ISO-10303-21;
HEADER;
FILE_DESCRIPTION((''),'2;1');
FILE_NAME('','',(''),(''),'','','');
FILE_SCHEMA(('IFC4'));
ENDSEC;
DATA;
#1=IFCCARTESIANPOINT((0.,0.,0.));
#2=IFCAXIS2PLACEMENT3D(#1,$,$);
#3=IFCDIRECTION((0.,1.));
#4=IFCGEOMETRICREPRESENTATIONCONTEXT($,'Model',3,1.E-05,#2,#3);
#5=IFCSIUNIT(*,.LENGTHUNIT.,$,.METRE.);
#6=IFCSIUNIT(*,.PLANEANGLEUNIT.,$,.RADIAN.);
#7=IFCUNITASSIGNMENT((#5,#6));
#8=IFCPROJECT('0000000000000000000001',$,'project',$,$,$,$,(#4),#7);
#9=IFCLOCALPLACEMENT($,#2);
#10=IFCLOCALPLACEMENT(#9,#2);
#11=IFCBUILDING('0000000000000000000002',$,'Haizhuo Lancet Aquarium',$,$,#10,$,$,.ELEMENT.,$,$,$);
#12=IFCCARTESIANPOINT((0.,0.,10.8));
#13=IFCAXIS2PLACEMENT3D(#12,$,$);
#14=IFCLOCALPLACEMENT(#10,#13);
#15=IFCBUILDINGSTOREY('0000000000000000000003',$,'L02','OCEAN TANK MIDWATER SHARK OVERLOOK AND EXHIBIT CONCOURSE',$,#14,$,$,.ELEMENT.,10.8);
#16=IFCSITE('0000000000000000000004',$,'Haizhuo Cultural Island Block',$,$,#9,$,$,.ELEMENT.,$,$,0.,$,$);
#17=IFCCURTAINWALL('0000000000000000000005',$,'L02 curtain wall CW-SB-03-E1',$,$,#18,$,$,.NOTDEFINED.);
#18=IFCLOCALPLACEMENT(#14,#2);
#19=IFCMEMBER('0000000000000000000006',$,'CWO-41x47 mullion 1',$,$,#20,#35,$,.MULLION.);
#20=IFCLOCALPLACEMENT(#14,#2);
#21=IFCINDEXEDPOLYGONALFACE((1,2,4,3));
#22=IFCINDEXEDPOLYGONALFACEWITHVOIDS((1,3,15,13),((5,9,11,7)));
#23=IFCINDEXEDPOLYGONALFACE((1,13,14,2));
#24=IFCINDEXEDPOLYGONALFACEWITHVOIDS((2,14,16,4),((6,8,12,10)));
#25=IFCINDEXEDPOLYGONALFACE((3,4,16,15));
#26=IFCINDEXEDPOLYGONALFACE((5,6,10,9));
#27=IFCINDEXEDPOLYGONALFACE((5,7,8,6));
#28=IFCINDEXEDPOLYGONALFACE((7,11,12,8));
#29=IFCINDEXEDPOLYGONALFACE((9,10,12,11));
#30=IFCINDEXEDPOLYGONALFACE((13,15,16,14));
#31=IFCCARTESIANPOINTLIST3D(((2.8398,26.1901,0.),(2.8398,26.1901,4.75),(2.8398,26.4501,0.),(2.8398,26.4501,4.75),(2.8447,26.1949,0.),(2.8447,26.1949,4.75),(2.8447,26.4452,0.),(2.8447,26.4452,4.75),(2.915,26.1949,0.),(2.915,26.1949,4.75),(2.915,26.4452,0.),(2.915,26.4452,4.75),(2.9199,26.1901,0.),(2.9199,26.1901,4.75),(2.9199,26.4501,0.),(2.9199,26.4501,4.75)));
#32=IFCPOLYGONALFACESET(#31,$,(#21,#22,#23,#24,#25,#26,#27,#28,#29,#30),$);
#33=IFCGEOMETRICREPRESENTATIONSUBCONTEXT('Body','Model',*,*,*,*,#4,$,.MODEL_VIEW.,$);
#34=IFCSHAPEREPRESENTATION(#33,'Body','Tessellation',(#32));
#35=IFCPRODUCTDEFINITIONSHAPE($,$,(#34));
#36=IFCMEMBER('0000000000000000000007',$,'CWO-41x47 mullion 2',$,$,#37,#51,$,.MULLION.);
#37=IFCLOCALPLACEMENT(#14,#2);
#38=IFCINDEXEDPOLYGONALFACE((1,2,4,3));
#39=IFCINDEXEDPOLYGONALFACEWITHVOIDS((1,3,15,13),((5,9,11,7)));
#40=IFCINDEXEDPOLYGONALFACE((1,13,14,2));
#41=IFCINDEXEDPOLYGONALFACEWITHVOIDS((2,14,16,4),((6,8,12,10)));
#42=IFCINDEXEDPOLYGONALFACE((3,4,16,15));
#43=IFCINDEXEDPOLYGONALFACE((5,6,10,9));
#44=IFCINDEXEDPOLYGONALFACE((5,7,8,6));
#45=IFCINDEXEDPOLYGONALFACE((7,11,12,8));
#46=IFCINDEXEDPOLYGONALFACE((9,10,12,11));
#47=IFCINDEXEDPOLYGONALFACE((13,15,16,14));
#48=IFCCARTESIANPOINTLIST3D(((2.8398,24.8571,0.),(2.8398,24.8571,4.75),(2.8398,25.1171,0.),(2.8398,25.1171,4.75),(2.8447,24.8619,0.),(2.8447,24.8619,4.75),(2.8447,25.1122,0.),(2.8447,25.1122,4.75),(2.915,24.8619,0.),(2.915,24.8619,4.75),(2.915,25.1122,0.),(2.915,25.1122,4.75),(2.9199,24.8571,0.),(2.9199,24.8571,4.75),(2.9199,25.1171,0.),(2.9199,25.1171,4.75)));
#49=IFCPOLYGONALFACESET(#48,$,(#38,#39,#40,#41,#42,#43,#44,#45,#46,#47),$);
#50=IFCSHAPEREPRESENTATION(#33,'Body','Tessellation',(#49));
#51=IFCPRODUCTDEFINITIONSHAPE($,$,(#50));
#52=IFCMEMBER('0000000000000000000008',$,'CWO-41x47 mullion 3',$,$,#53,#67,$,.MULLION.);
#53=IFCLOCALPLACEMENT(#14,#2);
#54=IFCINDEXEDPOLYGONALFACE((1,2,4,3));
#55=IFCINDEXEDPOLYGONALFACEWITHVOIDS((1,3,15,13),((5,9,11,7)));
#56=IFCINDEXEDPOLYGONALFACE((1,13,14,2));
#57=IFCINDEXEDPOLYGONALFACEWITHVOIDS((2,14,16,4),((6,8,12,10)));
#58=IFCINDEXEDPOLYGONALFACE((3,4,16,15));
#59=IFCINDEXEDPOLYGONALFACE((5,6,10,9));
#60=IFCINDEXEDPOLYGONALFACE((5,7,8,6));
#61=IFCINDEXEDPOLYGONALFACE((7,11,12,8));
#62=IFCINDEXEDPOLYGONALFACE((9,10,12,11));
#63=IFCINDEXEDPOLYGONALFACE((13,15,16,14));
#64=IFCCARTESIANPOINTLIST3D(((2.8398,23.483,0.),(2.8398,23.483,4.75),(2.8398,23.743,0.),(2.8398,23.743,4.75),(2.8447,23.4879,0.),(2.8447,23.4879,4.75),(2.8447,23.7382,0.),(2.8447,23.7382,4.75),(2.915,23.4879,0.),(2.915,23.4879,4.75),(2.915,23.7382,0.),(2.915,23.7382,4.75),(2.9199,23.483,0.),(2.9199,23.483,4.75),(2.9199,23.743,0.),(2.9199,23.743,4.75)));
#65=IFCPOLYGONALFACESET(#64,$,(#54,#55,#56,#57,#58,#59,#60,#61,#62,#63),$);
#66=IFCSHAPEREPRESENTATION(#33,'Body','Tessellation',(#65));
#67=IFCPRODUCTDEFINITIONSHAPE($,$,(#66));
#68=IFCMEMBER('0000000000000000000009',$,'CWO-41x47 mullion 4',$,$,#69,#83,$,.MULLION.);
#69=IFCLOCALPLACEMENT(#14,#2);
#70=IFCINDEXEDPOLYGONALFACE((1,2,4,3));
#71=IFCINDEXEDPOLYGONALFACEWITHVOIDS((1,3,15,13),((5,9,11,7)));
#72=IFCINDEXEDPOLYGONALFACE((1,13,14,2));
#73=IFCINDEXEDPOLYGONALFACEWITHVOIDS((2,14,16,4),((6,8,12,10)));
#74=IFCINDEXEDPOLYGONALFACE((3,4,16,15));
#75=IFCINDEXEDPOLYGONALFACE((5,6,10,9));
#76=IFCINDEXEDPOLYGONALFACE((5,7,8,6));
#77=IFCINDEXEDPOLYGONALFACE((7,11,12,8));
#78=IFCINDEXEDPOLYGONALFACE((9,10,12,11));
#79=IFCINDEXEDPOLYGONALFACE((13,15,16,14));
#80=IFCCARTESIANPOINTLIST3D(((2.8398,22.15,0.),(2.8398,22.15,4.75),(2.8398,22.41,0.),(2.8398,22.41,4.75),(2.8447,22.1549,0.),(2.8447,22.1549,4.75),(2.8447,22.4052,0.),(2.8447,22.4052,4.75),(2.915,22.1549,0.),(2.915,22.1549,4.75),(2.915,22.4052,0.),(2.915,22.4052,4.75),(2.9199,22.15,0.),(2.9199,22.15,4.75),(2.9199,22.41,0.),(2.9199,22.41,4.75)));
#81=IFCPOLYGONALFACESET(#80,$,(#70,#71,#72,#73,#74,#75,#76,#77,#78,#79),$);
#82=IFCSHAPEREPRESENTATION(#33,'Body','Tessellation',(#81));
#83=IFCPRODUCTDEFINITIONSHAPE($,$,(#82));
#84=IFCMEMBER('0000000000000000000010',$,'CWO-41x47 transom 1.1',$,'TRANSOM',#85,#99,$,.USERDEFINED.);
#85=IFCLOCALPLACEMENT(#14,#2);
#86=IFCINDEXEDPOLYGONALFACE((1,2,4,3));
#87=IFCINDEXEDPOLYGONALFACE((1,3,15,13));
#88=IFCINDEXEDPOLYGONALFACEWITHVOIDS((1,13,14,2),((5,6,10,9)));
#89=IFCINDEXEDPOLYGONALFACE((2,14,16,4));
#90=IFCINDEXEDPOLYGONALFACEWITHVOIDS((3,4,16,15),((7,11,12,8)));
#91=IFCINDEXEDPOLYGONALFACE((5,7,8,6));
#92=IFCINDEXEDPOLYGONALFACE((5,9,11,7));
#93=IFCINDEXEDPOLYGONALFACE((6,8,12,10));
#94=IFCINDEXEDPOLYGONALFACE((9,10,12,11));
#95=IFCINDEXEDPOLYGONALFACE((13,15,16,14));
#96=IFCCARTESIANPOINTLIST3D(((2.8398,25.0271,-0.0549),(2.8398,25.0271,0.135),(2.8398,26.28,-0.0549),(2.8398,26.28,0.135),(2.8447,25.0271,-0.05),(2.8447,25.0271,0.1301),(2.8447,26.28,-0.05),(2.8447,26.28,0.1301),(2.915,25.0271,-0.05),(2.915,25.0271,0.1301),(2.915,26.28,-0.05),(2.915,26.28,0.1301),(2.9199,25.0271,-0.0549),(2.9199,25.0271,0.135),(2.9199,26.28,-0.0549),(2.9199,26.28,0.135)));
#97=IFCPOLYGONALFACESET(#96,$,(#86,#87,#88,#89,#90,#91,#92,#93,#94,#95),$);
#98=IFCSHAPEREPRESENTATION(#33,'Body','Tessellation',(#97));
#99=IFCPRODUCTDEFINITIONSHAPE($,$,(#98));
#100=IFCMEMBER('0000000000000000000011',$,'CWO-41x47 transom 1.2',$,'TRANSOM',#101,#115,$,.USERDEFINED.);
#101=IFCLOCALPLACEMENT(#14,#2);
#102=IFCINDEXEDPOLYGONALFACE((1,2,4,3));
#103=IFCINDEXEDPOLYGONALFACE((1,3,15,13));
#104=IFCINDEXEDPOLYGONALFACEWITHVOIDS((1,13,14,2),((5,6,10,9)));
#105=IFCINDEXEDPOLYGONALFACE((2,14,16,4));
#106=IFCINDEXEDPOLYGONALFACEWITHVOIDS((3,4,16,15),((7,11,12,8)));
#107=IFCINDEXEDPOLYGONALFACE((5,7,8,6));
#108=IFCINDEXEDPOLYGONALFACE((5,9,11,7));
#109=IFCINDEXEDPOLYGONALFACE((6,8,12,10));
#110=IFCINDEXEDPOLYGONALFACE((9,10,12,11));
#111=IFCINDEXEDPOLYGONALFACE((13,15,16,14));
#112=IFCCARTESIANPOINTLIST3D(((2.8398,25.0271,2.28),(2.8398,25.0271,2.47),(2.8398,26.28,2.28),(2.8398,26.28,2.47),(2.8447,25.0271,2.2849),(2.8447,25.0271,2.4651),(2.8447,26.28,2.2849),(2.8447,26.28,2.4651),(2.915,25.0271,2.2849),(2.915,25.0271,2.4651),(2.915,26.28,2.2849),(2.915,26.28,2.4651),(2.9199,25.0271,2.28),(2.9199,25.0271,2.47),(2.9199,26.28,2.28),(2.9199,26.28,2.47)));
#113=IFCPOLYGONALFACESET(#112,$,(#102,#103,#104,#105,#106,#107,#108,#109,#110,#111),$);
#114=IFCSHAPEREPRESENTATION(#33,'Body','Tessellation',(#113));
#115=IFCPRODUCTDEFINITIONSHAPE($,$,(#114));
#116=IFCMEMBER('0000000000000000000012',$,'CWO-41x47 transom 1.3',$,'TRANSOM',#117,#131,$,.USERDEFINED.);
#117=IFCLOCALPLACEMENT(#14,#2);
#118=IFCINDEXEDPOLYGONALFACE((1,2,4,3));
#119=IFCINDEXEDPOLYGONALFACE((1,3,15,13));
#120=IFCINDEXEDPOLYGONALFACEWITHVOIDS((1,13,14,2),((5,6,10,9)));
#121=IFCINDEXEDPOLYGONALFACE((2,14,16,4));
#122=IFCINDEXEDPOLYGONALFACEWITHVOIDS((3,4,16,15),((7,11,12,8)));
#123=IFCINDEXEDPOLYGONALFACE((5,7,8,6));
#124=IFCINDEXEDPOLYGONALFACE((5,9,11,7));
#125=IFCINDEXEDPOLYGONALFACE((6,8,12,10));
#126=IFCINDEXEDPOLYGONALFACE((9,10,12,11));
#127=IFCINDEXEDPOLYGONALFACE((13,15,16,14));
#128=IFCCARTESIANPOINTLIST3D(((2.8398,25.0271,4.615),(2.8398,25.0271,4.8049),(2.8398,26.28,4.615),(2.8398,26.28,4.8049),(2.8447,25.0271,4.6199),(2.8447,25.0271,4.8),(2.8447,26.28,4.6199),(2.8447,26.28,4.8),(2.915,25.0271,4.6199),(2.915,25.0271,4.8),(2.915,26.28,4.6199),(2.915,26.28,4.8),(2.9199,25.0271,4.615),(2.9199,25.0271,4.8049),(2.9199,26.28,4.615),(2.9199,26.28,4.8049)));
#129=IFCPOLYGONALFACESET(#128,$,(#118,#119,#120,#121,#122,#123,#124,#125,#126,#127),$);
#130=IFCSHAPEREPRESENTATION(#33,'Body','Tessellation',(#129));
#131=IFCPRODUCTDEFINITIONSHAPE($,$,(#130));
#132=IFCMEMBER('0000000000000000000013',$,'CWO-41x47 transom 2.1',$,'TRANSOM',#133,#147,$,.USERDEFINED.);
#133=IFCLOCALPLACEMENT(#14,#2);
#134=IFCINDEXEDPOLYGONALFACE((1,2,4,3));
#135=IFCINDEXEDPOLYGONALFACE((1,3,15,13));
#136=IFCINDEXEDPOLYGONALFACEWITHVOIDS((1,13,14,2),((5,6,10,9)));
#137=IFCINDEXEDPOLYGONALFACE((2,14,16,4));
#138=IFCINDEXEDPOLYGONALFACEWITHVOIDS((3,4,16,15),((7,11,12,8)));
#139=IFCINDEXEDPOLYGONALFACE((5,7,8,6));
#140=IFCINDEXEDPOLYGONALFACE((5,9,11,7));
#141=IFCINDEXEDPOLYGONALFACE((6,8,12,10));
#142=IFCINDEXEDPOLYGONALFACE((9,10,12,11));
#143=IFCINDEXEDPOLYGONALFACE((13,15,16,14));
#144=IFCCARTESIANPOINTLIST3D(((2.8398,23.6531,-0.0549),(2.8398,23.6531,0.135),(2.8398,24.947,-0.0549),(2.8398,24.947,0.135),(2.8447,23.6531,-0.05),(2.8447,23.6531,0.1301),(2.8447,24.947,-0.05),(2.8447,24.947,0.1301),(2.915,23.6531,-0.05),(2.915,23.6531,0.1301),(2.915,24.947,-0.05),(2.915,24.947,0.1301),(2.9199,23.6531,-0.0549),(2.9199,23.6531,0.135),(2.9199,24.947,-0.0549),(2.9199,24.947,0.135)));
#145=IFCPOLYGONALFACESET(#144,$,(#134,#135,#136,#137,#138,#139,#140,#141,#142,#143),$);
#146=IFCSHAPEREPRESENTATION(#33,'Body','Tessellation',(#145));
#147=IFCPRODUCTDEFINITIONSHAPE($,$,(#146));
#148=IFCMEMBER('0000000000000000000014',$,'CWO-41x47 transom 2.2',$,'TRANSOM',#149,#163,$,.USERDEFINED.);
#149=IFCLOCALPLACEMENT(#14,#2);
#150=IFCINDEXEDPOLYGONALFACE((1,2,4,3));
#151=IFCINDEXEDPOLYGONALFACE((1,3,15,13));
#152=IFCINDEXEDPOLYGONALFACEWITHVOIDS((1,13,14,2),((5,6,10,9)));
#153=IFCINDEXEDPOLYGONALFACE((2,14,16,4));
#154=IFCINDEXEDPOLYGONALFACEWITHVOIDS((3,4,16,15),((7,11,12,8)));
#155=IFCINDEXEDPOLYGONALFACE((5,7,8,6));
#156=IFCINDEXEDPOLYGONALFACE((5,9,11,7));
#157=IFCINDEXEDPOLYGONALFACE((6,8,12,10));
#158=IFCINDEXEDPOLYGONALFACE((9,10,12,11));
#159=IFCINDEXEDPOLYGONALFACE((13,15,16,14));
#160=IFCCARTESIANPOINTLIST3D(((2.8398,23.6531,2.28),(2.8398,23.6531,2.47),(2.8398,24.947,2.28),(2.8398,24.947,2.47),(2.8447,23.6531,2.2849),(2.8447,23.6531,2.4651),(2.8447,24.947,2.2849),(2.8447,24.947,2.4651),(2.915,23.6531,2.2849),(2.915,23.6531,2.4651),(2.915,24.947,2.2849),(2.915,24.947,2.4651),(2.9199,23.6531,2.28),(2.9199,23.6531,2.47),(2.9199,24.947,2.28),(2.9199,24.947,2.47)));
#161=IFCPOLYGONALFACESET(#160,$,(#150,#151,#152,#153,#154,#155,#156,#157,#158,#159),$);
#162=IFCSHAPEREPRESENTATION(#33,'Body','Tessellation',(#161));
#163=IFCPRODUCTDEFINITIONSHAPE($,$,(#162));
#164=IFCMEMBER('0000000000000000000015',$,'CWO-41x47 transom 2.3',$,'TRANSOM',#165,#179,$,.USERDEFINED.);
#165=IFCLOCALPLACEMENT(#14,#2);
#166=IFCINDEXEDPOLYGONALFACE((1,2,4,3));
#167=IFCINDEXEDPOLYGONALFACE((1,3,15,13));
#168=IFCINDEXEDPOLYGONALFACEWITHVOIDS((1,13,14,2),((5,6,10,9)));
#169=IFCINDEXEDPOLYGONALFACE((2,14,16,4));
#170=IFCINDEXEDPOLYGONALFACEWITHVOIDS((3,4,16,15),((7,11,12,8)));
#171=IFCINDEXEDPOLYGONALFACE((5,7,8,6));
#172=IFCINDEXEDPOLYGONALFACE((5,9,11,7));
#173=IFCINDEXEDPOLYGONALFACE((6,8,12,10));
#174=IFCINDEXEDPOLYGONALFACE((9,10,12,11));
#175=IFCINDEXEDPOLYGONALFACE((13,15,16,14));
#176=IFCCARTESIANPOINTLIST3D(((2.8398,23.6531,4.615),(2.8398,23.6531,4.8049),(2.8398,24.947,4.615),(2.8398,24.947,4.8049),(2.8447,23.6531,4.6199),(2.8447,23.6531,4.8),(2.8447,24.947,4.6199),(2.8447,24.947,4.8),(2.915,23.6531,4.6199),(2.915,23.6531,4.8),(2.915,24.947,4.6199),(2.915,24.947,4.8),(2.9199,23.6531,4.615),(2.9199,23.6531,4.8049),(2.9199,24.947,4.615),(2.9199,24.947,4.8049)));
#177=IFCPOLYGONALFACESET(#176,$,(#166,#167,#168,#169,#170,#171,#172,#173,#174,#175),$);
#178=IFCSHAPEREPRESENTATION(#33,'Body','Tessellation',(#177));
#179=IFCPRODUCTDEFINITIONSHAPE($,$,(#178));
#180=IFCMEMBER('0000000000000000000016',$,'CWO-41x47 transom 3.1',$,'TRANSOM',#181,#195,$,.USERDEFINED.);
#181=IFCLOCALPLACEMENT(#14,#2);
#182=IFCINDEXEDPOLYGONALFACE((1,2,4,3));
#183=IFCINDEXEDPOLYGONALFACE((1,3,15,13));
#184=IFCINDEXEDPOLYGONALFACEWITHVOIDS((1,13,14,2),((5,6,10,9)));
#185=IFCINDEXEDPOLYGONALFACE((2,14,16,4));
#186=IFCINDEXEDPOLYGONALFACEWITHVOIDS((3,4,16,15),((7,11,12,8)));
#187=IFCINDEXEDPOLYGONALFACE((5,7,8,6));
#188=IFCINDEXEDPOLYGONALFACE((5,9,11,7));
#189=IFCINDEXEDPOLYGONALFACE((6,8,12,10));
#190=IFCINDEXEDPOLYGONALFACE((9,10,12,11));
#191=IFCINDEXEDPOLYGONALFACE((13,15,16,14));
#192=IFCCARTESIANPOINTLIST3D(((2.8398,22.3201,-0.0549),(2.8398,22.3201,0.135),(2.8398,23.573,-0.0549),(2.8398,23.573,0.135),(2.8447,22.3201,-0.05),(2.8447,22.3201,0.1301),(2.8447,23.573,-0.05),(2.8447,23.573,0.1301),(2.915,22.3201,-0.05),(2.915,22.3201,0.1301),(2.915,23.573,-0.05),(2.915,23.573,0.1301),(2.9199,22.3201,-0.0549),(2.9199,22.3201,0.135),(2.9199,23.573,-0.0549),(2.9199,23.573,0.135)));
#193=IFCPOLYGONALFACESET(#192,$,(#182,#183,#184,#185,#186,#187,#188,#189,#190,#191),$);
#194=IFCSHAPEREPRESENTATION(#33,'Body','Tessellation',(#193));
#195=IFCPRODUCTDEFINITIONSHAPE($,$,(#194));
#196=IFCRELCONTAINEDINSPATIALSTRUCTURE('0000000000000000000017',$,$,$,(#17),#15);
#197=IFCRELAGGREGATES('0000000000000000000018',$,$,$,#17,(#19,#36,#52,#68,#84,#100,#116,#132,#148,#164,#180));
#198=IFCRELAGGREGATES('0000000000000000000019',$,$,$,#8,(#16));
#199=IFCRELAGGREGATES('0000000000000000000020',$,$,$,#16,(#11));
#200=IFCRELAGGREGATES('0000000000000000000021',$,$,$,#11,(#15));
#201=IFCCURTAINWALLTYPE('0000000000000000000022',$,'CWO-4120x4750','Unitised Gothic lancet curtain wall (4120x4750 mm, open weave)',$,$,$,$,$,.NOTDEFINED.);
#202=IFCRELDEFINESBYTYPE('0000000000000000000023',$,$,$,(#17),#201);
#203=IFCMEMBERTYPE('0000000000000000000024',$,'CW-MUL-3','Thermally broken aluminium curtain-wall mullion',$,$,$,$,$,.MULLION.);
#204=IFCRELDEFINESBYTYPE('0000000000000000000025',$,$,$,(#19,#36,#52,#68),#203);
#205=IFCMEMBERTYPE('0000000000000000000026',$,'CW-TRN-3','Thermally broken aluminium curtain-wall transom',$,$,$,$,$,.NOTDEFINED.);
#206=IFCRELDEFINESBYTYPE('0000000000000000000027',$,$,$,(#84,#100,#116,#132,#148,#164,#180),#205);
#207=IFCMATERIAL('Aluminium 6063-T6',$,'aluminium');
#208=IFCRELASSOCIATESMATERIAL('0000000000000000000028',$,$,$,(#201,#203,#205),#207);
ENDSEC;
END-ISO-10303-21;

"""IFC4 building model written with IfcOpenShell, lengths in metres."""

from ifc_helpers import new_model, si_unit, direction, frame, origin, origin_2d, place, context, subcontext, project, spatial, hollow_rectangle, extrude, material, material_profile, profile_set, type_object, element, aggregate, save


model = new_model("IFC4")

# Units and contexts
model_context = context("Model", 3, precision=1e-05, world=origin(), true_north=direction((0.0, 1.0)))
body_context = subcontext(model_context, "Body", "Model", "MODEL_VIEW")
ifc_project = project(units=[si_unit("LENGTHUNIT", "METRE"), si_unit("PLANEANGLEUNIT", "RADIAN")], contexts=[model_context])

# Site, building, storey
site_placement = place(None, origin())
site = spatial("IfcSite", under=ifc_project, at=site_placement, Name="Haizhuo Cultural Island Block", CompositionType="ELEMENT", RefElevation=0.0)
building_placement = place(site_placement, origin())
building = spatial("IfcBuilding", under=site, at=building_placement, Name="Haizhuo Lancet Aquarium", CompositionType="ELEMENT")
storey_placement = place(building_placement, frame((0.0, 0.0, 10.8)))
storey = spatial("IfcBuildingStorey", under=building, at=storey_placement, Name="L02", Description="OCEAN TANK MIDWATER SHARK OVERLOOK AND EXHIBIT CONCOURSE", CompositionType="ELEMENT", Elevation=10.8)

# Curtain wall, members
ifc_material_1 = material(Name="Aluminium 6063-T6", Category="aluminium")
curtain_wall_type = type_object("IfcCurtainWallType", Name="CWO-4120x4750", Description="Unitised Gothic lancet curtain wall (4120x4750 mm, open weave)", PredefinedType="NOTDEFINED", material=ifc_material_1)
curtain_wall_placement = place(storey_placement, origin())
curtain_wall = element("IfcCurtainWall", 1, at=curtain_wall_placement, inside=storey, type_object=curtain_wall_type, Name="L02 curtain wall CW-SB-03-E1", PredefinedType="NOTDEFINED")
ifc_material_profile_1 = material_profile(ifc_material_1, hollow_rectangle(XDim=0.0801, YDim=0.26, WallThickness=0.0049, at=origin_2d()), Name="ALU-M 80x260x5")
ifc_profile_set_1 = profile_set([ifc_material_profile_1], Name="Aluminium 6063-T6")
member_type_1 = type_object("IfcMemberType", Name="CW-MUL-3", Description="Thermally broken aluminium curtain-wall mullion", PredefinedType="MULLION", material=ifc_profile_set_1)
member_1_placement = place(storey_placement, frame((2.8799, 26.3201, 0.0), z_axis=(0.0, 0.0, 1.0), x_axis=(1.0, 0.0, 0.0)))
member_1 = element("IfcMember", 2, at=member_1_placement, type_object=member_type_1, Name="CWO-41x47 mullion 1", PredefinedType="MULLION", context=body_context, shape_type="SweptSolid", body=[
    extrude(hollow_rectangle(XDim=0.0801, YDim=0.26, WallThickness=0.0049, at=origin_2d()), origin(), (0.0, 0.0, 1.0), 4.75),
])
member_2_placement = place(storey_placement, frame((2.8799, 24.9871, 0.0), z_axis=(0.0, 0.0, 1.0), x_axis=(1.0, 0.0, 0.0)))
member_2 = element("IfcMember", 3, at=member_2_placement, type_object=member_type_1, Name="CWO-41x47 mullion 2", PredefinedType="MULLION", context=body_context, shape_type="SweptSolid", body=[
    extrude(hollow_rectangle(XDim=0.0801, YDim=0.26, WallThickness=0.0049, at=origin_2d()), origin(), (0.0, 0.0, 1.0), 4.75),
])
member_3_placement = place(storey_placement, frame((2.8799, 23.613, 0.0), z_axis=(0.0, 0.0, 1.0), x_axis=(1.0, 0.0, 0.0)))
member_3 = element("IfcMember", 4, at=member_3_placement, type_object=member_type_1, Name="CWO-41x47 mullion 3", PredefinedType="MULLION", context=body_context, shape_type="SweptSolid", body=[
    extrude(hollow_rectangle(XDim=0.0801, YDim=0.26, WallThickness=0.0049, at=origin_2d()), origin(), (0.0, 0.0, 1.0), 4.75),
])
member_4_placement = place(storey_placement, frame((2.8799, 22.28, 0.0), z_axis=(0.0, 0.0, 1.0), x_axis=(1.0, 0.0, 0.0)))
member_4 = element("IfcMember", 5, at=member_4_placement, type_object=member_type_1, Name="CWO-41x47 mullion 4", PredefinedType="MULLION", context=body_context, shape_type="SweptSolid", body=[
    extrude(hollow_rectangle(XDim=0.0801, YDim=0.26, WallThickness=0.0049, at=origin_2d()), origin(), (0.0, 0.0, 1.0), 4.75),
])
ifc_material_profile_2 = material_profile(ifc_material_1, hollow_rectangle(XDim=0.0801, YDim=0.1899, WallThickness=0.0049, at=origin_2d()), Name="ALU-T 80x190x5")
ifc_profile_set_2 = profile_set([ifc_material_profile_2], Name="Aluminium 6063-T6")
member_type_2 = type_object("IfcMemberType", Name="CW-TRN-3", Description="Thermally broken aluminium curtain-wall transom", PredefinedType="NOTDEFINED", material=ifc_profile_set_2)
member_5_placement = place(storey_placement, frame((2.8799, 26.28, 0.04), z_axis=(0.0, -1.0, 0.0), x_axis=(1.0, 0.0, 0.0)))
member_5 = element("IfcMember", 6, at=member_5_placement, type_object=member_type_2, Name="CWO-41x47 transom 1.1", ObjectType="TRANSOM", PredefinedType="USERDEFINED", context=body_context, shape_type="SweptSolid", body=[
    extrude(hollow_rectangle(XDim=0.0801, YDim=0.1899, WallThickness=0.0049, at=origin_2d()), origin(), (0.0, 0.0, 1.0), 1.2529),
])
member_6_placement = place(storey_placement, frame((2.8799, 26.28, 2.375), z_axis=(0.0, -1.0, 0.0), x_axis=(1.0, 0.0, 0.0)))
member_6 = element("IfcMember", 7, at=member_6_placement, type_object=member_type_2, Name="CWO-41x47 transom 1.2", ObjectType="TRANSOM", PredefinedType="USERDEFINED", context=body_context, shape_type="SweptSolid", body=[
    extrude(hollow_rectangle(XDim=0.0801, YDim=0.1899, WallThickness=0.0049, at=origin_2d()), origin(), (0.0, 0.0, 1.0), 1.2529),
])
member_7_placement = place(storey_placement, frame((2.8799, 26.28, 4.71), z_axis=(0.0, -1.0, 0.0), x_axis=(1.0, 0.0, 0.0)))
member_7 = element("IfcMember", 8, at=member_7_placement, type_object=member_type_2, Name="CWO-41x47 transom 1.3", ObjectType="TRANSOM", PredefinedType="USERDEFINED", context=body_context, shape_type="SweptSolid", body=[
    extrude(hollow_rectangle(XDim=0.0801, YDim=0.1899, WallThickness=0.0049, at=origin_2d()), origin(), (0.0, 0.0, 1.0), 1.2529),
])
member_8_placement = place(storey_placement, frame((2.8799, 24.947, 0.04), z_axis=(0.0, -1.0, 0.0), x_axis=(1.0, 0.0, 0.0)))
member_8 = element("IfcMember", 9, at=member_8_placement, type_object=member_type_2, Name="CWO-41x47 transom 2.1", ObjectType="TRANSOM", PredefinedType="USERDEFINED", context=body_context, shape_type="SweptSolid", body=[
    extrude(hollow_rectangle(XDim=0.0801, YDim=0.1899, WallThickness=0.0049, at=origin_2d()), origin(), (0.0, 0.0, 1.0), 1.2939),
])
member_9_placement = place(storey_placement, frame((2.8799, 24.947, 2.375), z_axis=(0.0, -1.0, 0.0), x_axis=(1.0, 0.0, 0.0)))
member_9 = element("IfcMember", 10, at=member_9_placement, type_object=member_type_2, Name="CWO-41x47 transom 2.2", ObjectType="TRANSOM", PredefinedType="USERDEFINED", context=body_context, shape_type="SweptSolid", body=[
    extrude(hollow_rectangle(XDim=0.0801, YDim=0.1899, WallThickness=0.0049, at=origin_2d()), origin(), (0.0, 0.0, 1.0), 1.2939),
])
member_10_placement = place(storey_placement, frame((2.8799, 24.947, 4.71), z_axis=(0.0, -1.0, 0.0), x_axis=(1.0, 0.0, 0.0)))
member_10 = element("IfcMember", 11, at=member_10_placement, type_object=member_type_2, Name="CWO-41x47 transom 2.3", ObjectType="TRANSOM", PredefinedType="USERDEFINED", context=body_context, shape_type="SweptSolid", body=[
    extrude(hollow_rectangle(XDim=0.0801, YDim=0.1899, WallThickness=0.0049, at=origin_2d()), origin(), (0.0, 0.0, 1.0), 1.2939),
])
member_11_placement = place(storey_placement, frame((2.8799, 23.573, 0.04), z_axis=(0.0, -1.0, 0.0), x_axis=(1.0, 0.0, 0.0)))
member_11 = element("IfcMember", 12, at=member_11_placement, type_object=member_type_2, Name="CWO-41x47 transom 3.1", ObjectType="TRANSOM", PredefinedType="USERDEFINED", context=body_context, shape_type="SweptSolid", body=[
    extrude(hollow_rectangle(XDim=0.0801, YDim=0.1899, WallThickness=0.0049, at=origin_2d()), origin(), (0.0, 0.0, 1.0), 1.2529),
])

aggregate(curtain_wall, [member_1, member_2, member_3, member_4, member_5, member_6, member_7, member_8, member_9, member_10, member_11])

save(model, "model.ifc")
